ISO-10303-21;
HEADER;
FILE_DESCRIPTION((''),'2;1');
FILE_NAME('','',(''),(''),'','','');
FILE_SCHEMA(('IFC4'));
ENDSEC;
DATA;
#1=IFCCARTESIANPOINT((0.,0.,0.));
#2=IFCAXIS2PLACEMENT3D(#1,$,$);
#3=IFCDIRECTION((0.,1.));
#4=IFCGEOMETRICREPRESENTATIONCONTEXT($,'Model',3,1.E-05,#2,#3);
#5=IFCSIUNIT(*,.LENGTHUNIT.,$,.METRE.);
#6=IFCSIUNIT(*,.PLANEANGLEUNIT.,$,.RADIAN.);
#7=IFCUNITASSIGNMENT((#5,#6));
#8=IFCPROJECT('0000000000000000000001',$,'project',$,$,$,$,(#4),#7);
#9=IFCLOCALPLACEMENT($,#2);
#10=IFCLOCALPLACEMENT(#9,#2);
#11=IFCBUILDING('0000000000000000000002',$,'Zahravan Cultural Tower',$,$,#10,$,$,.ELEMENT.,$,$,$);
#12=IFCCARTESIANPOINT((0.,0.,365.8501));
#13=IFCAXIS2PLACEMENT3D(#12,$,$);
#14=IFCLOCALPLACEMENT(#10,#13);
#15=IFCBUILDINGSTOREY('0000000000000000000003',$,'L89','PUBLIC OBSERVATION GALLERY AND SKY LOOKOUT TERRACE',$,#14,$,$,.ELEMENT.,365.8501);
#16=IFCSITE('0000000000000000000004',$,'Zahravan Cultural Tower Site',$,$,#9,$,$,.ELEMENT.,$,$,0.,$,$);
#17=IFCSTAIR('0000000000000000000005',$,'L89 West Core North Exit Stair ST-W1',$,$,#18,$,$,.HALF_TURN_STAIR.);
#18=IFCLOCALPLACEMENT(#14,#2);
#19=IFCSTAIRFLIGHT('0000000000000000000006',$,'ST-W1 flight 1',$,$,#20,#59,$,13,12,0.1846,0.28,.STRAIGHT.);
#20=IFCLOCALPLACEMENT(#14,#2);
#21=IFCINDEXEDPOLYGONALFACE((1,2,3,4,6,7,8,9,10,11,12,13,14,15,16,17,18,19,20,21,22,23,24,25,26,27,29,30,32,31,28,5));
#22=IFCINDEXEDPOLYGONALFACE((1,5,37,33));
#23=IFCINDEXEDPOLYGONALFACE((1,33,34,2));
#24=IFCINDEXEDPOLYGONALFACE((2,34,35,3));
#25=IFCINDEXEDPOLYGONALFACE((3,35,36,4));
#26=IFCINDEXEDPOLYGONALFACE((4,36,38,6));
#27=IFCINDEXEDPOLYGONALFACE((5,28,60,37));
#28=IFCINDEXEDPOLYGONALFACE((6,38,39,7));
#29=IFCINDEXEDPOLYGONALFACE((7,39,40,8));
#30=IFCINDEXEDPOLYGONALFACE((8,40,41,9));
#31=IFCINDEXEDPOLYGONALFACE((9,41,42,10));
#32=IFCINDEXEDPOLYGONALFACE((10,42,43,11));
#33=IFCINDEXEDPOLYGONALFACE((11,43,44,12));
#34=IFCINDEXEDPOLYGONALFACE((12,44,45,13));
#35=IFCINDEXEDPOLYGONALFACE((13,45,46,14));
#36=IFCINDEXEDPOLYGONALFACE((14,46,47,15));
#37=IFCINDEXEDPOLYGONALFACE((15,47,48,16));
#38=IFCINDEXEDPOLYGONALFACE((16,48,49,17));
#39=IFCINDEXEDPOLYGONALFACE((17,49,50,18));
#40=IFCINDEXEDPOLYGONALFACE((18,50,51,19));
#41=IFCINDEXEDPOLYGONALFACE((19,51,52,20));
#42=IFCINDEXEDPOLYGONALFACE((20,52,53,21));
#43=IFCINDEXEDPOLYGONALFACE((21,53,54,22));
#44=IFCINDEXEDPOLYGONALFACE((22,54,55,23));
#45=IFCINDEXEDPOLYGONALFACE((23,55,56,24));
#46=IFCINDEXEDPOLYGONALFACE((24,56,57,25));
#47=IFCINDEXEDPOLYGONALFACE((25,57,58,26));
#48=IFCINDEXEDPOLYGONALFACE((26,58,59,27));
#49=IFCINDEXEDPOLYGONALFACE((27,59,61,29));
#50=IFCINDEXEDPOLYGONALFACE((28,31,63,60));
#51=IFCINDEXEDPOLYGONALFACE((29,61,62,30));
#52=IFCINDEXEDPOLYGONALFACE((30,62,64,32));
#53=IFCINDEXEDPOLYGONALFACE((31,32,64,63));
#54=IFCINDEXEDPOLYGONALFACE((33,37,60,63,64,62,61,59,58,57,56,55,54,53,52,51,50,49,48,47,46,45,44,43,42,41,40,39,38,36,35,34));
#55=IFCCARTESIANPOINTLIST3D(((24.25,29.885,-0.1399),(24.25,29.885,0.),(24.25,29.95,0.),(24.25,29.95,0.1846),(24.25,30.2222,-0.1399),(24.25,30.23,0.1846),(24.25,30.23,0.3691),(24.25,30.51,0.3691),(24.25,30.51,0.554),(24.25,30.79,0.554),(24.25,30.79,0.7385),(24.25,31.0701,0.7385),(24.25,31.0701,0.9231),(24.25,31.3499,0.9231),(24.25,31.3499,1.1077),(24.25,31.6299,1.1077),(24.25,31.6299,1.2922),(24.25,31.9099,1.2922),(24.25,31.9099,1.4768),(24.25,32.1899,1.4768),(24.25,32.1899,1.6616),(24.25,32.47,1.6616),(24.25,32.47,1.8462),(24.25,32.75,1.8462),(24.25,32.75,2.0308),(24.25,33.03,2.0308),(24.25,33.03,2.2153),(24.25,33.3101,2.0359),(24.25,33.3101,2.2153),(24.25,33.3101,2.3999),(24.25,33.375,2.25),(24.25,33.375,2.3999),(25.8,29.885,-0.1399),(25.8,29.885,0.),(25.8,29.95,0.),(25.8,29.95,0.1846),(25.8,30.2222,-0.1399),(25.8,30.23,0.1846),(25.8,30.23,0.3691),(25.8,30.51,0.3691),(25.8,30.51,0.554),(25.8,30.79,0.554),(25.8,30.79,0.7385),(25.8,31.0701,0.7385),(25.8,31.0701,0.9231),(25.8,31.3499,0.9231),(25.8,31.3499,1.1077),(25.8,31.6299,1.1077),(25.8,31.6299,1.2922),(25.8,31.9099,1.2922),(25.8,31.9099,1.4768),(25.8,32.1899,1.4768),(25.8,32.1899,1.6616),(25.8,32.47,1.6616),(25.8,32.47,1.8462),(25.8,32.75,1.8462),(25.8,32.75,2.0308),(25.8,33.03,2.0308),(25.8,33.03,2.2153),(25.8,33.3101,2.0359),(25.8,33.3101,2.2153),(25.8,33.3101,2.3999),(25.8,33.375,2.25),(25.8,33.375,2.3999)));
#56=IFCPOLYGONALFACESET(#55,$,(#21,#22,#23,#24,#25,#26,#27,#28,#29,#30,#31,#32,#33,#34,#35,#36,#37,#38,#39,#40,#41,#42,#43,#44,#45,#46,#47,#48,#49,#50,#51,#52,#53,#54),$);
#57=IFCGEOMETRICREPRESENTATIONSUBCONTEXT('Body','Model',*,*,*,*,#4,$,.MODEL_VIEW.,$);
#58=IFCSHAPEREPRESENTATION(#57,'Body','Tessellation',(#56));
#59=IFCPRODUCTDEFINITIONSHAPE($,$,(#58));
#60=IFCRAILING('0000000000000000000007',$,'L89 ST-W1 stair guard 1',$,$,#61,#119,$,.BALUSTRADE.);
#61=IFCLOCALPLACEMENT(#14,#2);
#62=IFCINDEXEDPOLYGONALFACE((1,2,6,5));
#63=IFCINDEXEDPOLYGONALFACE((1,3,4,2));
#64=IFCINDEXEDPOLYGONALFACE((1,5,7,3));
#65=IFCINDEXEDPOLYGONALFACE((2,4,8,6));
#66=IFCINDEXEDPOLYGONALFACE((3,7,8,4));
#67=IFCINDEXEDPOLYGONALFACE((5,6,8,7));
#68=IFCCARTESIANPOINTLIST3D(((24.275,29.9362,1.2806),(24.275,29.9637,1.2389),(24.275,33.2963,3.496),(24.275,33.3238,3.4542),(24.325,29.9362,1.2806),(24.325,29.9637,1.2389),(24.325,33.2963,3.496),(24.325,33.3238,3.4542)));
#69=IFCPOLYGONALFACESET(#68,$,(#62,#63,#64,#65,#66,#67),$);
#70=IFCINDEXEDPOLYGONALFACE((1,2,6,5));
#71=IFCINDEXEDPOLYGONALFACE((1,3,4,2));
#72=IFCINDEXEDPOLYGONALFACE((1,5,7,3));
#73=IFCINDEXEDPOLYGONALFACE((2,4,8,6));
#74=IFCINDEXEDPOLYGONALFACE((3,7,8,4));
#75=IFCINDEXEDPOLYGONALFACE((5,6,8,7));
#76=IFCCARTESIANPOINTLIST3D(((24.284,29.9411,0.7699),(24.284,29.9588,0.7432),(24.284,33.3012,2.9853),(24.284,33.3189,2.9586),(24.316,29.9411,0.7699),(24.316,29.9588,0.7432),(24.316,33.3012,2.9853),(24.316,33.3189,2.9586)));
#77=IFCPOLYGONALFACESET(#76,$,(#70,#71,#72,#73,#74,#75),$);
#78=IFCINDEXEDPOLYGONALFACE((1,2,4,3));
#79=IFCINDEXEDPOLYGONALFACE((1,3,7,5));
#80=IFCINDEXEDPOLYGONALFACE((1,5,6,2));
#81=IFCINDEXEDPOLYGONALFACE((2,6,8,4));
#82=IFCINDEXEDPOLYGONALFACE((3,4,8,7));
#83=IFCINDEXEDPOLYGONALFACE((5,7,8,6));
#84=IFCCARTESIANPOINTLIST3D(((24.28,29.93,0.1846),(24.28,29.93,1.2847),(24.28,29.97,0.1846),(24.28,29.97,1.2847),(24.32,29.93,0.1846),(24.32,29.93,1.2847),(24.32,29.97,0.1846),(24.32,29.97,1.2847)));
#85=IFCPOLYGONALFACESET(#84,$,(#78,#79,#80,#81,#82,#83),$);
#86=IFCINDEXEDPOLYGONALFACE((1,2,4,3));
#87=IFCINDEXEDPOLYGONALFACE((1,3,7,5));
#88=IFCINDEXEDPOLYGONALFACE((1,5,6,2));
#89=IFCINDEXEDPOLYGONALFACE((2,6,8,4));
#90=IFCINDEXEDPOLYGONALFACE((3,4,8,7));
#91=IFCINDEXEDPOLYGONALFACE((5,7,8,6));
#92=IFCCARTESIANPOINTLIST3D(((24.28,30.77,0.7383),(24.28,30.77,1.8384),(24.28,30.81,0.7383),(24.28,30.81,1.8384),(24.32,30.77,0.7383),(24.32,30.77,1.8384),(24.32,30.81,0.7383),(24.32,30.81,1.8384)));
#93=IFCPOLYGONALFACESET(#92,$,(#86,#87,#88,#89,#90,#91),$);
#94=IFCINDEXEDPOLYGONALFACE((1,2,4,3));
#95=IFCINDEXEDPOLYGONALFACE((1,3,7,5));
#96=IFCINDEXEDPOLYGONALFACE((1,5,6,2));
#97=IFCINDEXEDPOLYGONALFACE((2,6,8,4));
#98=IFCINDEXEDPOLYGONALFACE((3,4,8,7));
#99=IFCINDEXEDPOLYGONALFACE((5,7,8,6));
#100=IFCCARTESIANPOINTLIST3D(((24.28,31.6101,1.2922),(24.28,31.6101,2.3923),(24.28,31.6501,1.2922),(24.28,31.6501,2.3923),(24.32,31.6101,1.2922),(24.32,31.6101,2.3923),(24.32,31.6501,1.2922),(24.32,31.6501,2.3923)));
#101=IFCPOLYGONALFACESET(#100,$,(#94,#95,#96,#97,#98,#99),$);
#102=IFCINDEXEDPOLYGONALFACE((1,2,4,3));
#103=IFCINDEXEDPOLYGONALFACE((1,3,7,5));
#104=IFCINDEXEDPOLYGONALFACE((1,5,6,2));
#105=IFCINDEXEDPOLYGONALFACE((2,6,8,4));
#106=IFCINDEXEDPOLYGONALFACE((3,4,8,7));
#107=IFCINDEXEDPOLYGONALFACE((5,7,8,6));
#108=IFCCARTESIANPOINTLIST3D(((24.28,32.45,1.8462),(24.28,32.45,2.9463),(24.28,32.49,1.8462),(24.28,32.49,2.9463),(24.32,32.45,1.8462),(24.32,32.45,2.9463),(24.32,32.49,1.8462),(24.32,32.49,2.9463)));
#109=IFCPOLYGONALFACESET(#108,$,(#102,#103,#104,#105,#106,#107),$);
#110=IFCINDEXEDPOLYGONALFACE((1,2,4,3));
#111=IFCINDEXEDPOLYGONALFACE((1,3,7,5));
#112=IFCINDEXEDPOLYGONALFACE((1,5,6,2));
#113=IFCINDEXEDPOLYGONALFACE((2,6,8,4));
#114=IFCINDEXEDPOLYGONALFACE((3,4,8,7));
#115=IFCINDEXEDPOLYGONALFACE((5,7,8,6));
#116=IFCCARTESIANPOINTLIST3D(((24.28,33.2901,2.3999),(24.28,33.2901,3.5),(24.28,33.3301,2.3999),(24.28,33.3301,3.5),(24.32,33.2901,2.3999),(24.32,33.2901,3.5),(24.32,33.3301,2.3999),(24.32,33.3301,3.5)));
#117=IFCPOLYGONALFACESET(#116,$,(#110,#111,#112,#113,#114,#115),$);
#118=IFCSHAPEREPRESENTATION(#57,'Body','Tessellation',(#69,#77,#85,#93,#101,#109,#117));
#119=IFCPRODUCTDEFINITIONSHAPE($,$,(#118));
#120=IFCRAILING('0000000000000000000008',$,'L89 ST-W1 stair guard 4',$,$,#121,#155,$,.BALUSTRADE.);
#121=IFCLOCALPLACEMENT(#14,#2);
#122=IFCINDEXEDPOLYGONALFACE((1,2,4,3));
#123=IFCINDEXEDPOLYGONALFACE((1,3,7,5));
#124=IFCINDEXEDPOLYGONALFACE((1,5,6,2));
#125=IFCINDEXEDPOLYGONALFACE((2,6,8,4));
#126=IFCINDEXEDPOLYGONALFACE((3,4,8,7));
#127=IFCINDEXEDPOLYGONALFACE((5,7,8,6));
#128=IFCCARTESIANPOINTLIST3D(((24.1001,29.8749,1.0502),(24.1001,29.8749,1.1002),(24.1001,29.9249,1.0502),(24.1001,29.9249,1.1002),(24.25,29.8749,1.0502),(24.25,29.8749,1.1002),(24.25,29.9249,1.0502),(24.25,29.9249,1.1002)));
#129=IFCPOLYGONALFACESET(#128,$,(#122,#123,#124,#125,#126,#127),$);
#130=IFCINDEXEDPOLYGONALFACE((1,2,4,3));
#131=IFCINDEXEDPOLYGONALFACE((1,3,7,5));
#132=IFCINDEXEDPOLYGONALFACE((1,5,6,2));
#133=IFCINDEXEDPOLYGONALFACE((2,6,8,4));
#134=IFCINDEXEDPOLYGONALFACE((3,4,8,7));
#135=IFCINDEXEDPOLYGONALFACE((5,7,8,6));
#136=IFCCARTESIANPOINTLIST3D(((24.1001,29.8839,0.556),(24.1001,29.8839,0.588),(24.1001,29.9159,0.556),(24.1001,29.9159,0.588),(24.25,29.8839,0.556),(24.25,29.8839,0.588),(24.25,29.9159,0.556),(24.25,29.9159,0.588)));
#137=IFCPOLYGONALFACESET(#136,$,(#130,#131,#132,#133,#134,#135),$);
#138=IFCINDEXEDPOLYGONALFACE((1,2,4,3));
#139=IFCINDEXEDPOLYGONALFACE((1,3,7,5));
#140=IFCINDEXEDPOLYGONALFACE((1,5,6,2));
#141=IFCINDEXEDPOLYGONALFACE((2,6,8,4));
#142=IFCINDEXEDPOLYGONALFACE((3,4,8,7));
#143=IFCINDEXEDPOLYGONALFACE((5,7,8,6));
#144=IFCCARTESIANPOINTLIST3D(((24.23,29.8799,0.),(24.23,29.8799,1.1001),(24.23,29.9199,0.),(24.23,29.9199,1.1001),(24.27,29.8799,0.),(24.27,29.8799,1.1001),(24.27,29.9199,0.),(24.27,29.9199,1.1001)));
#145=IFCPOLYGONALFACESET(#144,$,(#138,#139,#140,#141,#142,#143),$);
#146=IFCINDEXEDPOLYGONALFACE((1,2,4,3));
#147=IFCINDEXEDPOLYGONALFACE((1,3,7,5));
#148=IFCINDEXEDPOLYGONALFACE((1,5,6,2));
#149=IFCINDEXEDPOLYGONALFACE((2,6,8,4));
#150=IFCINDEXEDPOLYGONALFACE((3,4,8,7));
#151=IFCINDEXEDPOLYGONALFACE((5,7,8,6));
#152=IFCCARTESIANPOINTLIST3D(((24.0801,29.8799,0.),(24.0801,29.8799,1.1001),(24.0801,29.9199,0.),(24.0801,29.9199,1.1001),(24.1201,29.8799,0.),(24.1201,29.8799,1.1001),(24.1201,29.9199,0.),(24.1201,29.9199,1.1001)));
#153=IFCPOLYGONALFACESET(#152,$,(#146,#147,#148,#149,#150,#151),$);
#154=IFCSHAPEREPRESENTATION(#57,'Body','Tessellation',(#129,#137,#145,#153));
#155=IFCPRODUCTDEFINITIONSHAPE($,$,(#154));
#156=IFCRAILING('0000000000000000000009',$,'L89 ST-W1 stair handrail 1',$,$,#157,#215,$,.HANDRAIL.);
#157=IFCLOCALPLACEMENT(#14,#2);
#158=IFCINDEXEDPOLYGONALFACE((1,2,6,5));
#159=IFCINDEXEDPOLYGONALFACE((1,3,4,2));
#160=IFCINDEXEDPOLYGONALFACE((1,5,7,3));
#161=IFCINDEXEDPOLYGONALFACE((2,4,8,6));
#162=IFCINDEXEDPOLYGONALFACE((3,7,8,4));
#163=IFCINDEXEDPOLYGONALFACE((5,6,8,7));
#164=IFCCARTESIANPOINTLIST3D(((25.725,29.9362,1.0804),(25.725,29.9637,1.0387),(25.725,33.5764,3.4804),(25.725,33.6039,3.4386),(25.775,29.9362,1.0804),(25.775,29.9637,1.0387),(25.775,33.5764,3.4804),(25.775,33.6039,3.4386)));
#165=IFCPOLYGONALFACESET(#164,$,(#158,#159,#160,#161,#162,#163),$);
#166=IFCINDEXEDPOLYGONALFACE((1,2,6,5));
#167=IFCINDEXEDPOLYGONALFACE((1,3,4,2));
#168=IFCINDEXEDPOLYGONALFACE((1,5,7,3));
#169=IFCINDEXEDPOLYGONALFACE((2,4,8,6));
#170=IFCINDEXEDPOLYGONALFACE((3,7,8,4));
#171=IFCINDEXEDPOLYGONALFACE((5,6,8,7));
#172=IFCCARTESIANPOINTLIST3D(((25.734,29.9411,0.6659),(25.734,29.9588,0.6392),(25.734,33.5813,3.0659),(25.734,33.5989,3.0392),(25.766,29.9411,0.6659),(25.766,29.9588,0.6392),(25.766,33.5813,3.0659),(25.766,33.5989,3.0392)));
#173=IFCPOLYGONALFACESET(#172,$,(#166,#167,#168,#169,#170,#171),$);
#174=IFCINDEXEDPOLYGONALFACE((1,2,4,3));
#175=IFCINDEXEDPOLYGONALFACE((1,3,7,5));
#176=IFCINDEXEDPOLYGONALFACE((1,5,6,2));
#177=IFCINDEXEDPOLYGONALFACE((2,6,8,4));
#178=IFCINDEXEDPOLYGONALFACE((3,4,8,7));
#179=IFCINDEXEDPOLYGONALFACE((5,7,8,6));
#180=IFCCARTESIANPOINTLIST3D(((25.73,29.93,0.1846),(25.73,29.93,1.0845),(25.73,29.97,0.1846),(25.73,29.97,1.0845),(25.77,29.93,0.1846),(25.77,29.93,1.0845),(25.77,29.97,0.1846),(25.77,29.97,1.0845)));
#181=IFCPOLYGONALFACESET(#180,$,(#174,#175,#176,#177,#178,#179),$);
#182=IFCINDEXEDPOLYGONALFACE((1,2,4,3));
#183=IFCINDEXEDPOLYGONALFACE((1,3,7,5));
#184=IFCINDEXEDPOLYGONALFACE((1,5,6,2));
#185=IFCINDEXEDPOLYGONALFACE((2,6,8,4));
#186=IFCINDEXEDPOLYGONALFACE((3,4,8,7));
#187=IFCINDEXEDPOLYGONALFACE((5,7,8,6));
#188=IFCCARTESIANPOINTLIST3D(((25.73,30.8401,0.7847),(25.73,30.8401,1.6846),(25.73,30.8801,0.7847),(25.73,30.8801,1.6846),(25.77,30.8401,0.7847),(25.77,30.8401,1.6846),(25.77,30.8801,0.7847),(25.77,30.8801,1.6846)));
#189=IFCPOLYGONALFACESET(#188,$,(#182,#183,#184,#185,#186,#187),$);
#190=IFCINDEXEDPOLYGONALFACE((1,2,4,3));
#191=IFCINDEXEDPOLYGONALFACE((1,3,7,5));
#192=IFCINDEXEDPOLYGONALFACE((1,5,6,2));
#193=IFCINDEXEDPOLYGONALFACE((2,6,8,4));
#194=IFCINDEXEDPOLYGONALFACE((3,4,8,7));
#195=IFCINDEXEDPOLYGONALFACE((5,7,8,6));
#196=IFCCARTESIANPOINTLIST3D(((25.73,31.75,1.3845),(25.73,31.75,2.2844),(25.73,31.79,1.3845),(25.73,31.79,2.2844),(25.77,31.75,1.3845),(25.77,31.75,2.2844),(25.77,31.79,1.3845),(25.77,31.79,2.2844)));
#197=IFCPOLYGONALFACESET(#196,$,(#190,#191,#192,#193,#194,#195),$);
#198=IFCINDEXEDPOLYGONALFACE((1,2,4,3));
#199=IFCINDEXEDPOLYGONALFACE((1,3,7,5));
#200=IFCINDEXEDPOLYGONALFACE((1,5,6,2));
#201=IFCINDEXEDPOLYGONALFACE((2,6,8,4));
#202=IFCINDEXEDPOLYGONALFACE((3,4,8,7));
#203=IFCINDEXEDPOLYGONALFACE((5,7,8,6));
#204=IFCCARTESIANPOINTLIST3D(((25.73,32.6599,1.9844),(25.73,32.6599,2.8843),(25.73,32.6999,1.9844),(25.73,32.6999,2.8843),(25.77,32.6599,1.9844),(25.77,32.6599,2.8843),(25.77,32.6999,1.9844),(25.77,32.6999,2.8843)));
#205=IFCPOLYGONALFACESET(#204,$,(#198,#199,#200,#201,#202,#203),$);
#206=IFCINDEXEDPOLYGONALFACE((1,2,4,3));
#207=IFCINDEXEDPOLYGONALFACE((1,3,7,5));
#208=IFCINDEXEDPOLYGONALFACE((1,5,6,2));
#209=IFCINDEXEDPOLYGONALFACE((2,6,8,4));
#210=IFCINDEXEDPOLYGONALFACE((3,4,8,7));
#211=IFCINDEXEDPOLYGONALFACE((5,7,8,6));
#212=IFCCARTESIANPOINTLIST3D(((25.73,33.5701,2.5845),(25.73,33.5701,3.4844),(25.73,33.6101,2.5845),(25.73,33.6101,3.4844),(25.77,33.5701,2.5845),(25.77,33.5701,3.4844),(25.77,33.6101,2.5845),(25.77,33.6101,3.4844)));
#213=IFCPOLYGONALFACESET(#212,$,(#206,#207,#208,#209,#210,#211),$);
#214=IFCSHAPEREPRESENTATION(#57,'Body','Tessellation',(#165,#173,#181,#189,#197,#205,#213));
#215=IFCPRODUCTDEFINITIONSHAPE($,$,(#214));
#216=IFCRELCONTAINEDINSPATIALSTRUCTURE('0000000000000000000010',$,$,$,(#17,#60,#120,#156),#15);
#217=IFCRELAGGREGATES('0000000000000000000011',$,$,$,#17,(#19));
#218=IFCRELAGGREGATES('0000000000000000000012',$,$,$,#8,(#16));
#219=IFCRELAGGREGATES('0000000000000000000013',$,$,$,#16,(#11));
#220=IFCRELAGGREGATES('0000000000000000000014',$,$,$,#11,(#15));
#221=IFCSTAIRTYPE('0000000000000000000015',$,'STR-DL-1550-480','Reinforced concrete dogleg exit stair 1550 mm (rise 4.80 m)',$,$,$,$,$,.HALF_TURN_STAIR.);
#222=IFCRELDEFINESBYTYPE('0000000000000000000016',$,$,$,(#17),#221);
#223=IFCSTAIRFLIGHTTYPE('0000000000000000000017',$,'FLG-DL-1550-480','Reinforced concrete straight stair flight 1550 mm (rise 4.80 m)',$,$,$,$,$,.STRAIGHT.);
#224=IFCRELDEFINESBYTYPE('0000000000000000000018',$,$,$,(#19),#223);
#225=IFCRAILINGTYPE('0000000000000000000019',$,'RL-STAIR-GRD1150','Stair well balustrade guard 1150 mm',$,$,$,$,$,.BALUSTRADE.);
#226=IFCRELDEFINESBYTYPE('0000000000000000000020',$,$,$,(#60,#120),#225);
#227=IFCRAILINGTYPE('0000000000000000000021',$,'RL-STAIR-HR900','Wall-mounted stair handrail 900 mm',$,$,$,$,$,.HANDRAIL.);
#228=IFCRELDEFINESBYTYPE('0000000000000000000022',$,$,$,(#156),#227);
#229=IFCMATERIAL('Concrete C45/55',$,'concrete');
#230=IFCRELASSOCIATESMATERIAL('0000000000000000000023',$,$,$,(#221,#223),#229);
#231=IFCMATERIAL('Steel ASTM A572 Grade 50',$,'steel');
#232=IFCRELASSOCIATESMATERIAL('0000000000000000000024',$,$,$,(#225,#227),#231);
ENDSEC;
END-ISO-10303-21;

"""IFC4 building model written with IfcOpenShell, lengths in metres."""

from ifc_helpers import new_model, si_unit, direction, frame, origin, origin_2d, place, context, subcontext, project, spatial, polyline, rectangle, outline, extrude, material, type_object, element, aggregate, save


model = new_model("IFC4")

# Units and contexts
model_context = context("Model", 3, precision=1e-05, world=origin(), true_north=direction((0.0, 1.0)))
body_context = subcontext(model_context, "Body", "Model", "MODEL_VIEW")
ifc_project = project(units=[si_unit("LENGTHUNIT", "METRE"), si_unit("PLANEANGLEUNIT", "RADIAN")], contexts=[model_context])

# Site, building, storey
site_placement = place(None, origin())
site = spatial("IfcSite", under=ifc_project, at=site_placement, Name="Zahravan Cultural Tower Site", CompositionType="ELEMENT", RefElevation=0.0)
building_placement = place(site_placement, origin())
building = spatial("IfcBuilding", under=site, at=building_placement, Name="Zahravan Cultural Tower", CompositionType="ELEMENT")
storey_placement = place(building_placement, frame((0.0, 0.0, 365.8501)))
storey = spatial("IfcBuildingStorey", under=building, at=storey_placement, Name="L89", Description="PUBLIC OBSERVATION GALLERY AND SKY LOOKOUT TERRACE", CompositionType="ELEMENT", Elevation=365.8501)

# Shared definitions
ifc_material_1 = material(Name="Steel ASTM A572 Grade 50", Category="steel")
ifc_material_2 = material(Name="Concrete C45/55", Category="concrete")

# Stair, stair flight
stair_type = type_object("IfcStairType", Name="STR-DL-1550-480", Description="Reinforced concrete dogleg exit stair 1550 mm (rise 4.80 m)", PredefinedType="HALF_TURN_STAIR", material=ifc_material_2)
stair_placement = place(storey_placement, origin())
stair = element("IfcStair", 1, at=stair_placement, inside=storey, type_object=stair_type, Name="L89 West Core North Exit Stair ST-W1", PredefinedType="HALF_TURN_STAIR")
stair_flight_type = type_object("IfcStairFlightType", Name="FLG-DL-1550-480", Description="Reinforced concrete straight stair flight 1550 mm (rise 4.80 m)", PredefinedType="STRAIGHT", material=ifc_material_2)
stair_flight_placement = place(storey_placement, frame((25.0249, 29.95, 0.0), z_axis=(0.0, 0.0, 1.0), x_axis=(0.0, 1.0, 0.0)))
stair_flight = element("IfcStairFlight", 2, at=stair_flight_placement, type_object=stair_flight_type, Name="ST-W1 flight 1", NumberOfRisers=13, NumberOfTreads=12, PredefinedType="STRAIGHT", RiserHeight=0.1846, TreadLength=0.28, context=body_context, shape_type="SweptSolid", body=[
    extrude(outline(polyline([(-0.0649, -0.1399), (-0.0649, 0.0), (0.0, 0.0), (0.0, 0.1846), (0.28, 0.1846), (0.28, 0.3691), (0.5601, 0.3691), (0.5601, 0.554), (0.8401, 0.554), (0.8401, 0.7385), (1.1201, 0.7385), (1.1201, 0.9231), (1.3999, 0.9231), (1.3999, 1.1077), (1.6799, 1.1077), (1.6799, 1.2922), (1.96, 1.2922), (1.96, 1.4768), (2.24, 1.4768), (2.24, 1.6616), (2.52, 1.6616), (2.52, 1.8462), (2.8, 1.8462), (2.8, 2.0308), (3.0801, 2.0308), (3.0801, 2.2153), (3.3601, 2.2153), (3.3601, 2.3999), (3.425, 2.3999), (3.425, 2.25), (3.3601, 2.0359), (0.2722, -0.1399), (-0.0649, -0.1399)])), frame((0.0, 0.7749, 0.0), z_axis=(0.0, -1.0, 0.0), x_axis=(1.0, 0.0, 0.0)), (0.0, 0.0, 1.0), 1.55),
])
aggregate(stair, [stair_flight])

# Railings
railing_type_1 = type_object("IfcRailingType", Name="RL-STAIR-GRD1150", Description="Stair well balustrade guard 1150 mm", PredefinedType="BALUSTRADE", material=ifc_material_1)
railing_1_placement = place(storey_placement, frame((24.3, 29.95, 0.1846)))
element("IfcRailing", 3, at=railing_1_placement, inside=storey, type_object=railing_type_1, Name="L89 ST-W1 stair guard 1", PredefinedType="BALUSTRADE", context=body_context, shape_type="SweptSolid", body=[
    extrude(rectangle(XDim=0.05, YDim=0.05, at=origin_2d()), frame((0.0, 0.0, 1.0752), z_axis=(0.0, 0.834876, 0.550437), x_axis=(-1.0, 0.0, 0.0)), (0.0, 0.0, 1.0), 4.0247),
    extrude(rectangle(XDim=0.032, YDim=0.032, at=origin_2d()), frame((0.0, 0.0, 0.572), z_axis=(0.0, 0.834876, 0.550437), x_axis=(-1.0, 0.0, 0.0)), (0.0, 0.0, 1.0), 4.0247),
    extrude(rectangle(XDim=0.04, YDim=0.04, at=origin_2d()), origin(), (0.0, 0.0, 1.0), 1.1001),
    extrude(rectangle(XDim=0.04, YDim=0.04, at=origin_2d()), frame((0.0, 0.8401, 0.5537)), (0.0, 0.0, 1.0), 1.1001),
    extrude(rectangle(XDim=0.04, YDim=0.04, at=origin_2d()), frame((0.0, 1.6802, 1.1077)), (0.0, 0.0, 1.0), 1.1001),
    extrude(rectangle(XDim=0.04, YDim=0.04, at=origin_2d()), frame((0.0, 2.52, 1.6616)), (0.0, 0.0, 1.0), 1.1001),
    extrude(rectangle(XDim=0.04, YDim=0.04, at=origin_2d()), frame((0.0, 3.3601, 2.2153)), (0.0, 0.0, 1.0), 1.1001),
])
railing_2_placement = place(storey_placement, frame((24.25, 29.8999, 0.0)))
element("IfcRailing", 4, at=railing_2_placement, inside=storey, type_object=railing_type_1, Name="L89 ST-W1 stair guard 4", PredefinedType="BALUSTRADE", context=body_context, shape_type="SweptSolid", body=[
    extrude(rectangle(XDim=0.05, YDim=0.05, at=origin_2d()), frame((0.0, 0.0, 1.0752), z_axis=(-1.0, 0.0, 0.0), x_axis=(0.0, -1.0, 0.0)), (0.0, 0.0, 1.0), 0.1499),
    extrude(rectangle(XDim=0.032, YDim=0.032, at=origin_2d()), frame((0.0, 0.0, 0.572), z_axis=(-1.0, 0.0, 0.0), x_axis=(0.0, -1.0, 0.0)), (0.0, 0.0, 1.0), 0.1499),
    extrude(rectangle(XDim=0.04, YDim=0.04, at=origin_2d()), origin(), (0.0, 0.0, 1.0), 1.1001),
    extrude(rectangle(XDim=0.04, YDim=0.04, at=origin_2d()), frame((-0.1499, 0.0, 0.0)), (0.0, 0.0, 1.0), 1.1001),
])
railing_type_2 = type_object("IfcRailingType", Name="RL-STAIR-HR900", Description="Wall-mounted stair handrail 900 mm", PredefinedType="HANDRAIL", material=ifc_material_1)
railing_3_placement = place(storey_placement, frame((25.75, 29.95, 0.1846)))
element("IfcRailing", 5, at=railing_3_placement, inside=storey, type_object=railing_type_2, Name="L89 ST-W1 stair handrail 1", PredefinedType="HANDRAIL", context=body_context, shape_type="SweptSolid", body=[
    extrude(rectangle(XDim=0.05, YDim=0.05, at=origin_2d()), frame((0.0, 0.0, 0.875), z_axis=(0.0, 0.834882, 0.550429), x_axis=(-1.0, 0.0, 0.0)), (0.0, 0.0, 1.0), 4.3601),
    extrude(rectangle(XDim=0.032, YDim=0.032, at=origin_2d()), frame((0.0, 0.0, 0.468), z_axis=(0.0, 0.834882, 0.550429), x_axis=(-1.0, 0.0, 0.0)), (0.0, 0.0, 1.0), 4.3601),
    extrude(rectangle(XDim=0.04, YDim=0.04, at=origin_2d()), origin(), (0.0, 0.0, 1.0), 0.8999),
    extrude(rectangle(XDim=0.04, YDim=0.04, at=origin_2d()), frame((0.0, 0.9102, 0.6001)), (0.0, 0.0, 1.0), 0.8999),
    extrude(rectangle(XDim=0.04, YDim=0.04, at=origin_2d()), frame((0.0, 1.8201, 1.2)), (0.0, 0.0, 1.0), 0.8999),
    extrude(rectangle(XDim=0.04, YDim=0.04, at=origin_2d()), frame((0.0, 2.73, 1.7998)), (0.0, 0.0, 1.0), 0.8999),
    extrude(rectangle(XDim=0.04, YDim=0.04, at=origin_2d()), frame((0.0, 3.6401, 2.3999)), (0.0, 0.0, 1.0), 0.8999),
])

save(model, "model.ifc")
